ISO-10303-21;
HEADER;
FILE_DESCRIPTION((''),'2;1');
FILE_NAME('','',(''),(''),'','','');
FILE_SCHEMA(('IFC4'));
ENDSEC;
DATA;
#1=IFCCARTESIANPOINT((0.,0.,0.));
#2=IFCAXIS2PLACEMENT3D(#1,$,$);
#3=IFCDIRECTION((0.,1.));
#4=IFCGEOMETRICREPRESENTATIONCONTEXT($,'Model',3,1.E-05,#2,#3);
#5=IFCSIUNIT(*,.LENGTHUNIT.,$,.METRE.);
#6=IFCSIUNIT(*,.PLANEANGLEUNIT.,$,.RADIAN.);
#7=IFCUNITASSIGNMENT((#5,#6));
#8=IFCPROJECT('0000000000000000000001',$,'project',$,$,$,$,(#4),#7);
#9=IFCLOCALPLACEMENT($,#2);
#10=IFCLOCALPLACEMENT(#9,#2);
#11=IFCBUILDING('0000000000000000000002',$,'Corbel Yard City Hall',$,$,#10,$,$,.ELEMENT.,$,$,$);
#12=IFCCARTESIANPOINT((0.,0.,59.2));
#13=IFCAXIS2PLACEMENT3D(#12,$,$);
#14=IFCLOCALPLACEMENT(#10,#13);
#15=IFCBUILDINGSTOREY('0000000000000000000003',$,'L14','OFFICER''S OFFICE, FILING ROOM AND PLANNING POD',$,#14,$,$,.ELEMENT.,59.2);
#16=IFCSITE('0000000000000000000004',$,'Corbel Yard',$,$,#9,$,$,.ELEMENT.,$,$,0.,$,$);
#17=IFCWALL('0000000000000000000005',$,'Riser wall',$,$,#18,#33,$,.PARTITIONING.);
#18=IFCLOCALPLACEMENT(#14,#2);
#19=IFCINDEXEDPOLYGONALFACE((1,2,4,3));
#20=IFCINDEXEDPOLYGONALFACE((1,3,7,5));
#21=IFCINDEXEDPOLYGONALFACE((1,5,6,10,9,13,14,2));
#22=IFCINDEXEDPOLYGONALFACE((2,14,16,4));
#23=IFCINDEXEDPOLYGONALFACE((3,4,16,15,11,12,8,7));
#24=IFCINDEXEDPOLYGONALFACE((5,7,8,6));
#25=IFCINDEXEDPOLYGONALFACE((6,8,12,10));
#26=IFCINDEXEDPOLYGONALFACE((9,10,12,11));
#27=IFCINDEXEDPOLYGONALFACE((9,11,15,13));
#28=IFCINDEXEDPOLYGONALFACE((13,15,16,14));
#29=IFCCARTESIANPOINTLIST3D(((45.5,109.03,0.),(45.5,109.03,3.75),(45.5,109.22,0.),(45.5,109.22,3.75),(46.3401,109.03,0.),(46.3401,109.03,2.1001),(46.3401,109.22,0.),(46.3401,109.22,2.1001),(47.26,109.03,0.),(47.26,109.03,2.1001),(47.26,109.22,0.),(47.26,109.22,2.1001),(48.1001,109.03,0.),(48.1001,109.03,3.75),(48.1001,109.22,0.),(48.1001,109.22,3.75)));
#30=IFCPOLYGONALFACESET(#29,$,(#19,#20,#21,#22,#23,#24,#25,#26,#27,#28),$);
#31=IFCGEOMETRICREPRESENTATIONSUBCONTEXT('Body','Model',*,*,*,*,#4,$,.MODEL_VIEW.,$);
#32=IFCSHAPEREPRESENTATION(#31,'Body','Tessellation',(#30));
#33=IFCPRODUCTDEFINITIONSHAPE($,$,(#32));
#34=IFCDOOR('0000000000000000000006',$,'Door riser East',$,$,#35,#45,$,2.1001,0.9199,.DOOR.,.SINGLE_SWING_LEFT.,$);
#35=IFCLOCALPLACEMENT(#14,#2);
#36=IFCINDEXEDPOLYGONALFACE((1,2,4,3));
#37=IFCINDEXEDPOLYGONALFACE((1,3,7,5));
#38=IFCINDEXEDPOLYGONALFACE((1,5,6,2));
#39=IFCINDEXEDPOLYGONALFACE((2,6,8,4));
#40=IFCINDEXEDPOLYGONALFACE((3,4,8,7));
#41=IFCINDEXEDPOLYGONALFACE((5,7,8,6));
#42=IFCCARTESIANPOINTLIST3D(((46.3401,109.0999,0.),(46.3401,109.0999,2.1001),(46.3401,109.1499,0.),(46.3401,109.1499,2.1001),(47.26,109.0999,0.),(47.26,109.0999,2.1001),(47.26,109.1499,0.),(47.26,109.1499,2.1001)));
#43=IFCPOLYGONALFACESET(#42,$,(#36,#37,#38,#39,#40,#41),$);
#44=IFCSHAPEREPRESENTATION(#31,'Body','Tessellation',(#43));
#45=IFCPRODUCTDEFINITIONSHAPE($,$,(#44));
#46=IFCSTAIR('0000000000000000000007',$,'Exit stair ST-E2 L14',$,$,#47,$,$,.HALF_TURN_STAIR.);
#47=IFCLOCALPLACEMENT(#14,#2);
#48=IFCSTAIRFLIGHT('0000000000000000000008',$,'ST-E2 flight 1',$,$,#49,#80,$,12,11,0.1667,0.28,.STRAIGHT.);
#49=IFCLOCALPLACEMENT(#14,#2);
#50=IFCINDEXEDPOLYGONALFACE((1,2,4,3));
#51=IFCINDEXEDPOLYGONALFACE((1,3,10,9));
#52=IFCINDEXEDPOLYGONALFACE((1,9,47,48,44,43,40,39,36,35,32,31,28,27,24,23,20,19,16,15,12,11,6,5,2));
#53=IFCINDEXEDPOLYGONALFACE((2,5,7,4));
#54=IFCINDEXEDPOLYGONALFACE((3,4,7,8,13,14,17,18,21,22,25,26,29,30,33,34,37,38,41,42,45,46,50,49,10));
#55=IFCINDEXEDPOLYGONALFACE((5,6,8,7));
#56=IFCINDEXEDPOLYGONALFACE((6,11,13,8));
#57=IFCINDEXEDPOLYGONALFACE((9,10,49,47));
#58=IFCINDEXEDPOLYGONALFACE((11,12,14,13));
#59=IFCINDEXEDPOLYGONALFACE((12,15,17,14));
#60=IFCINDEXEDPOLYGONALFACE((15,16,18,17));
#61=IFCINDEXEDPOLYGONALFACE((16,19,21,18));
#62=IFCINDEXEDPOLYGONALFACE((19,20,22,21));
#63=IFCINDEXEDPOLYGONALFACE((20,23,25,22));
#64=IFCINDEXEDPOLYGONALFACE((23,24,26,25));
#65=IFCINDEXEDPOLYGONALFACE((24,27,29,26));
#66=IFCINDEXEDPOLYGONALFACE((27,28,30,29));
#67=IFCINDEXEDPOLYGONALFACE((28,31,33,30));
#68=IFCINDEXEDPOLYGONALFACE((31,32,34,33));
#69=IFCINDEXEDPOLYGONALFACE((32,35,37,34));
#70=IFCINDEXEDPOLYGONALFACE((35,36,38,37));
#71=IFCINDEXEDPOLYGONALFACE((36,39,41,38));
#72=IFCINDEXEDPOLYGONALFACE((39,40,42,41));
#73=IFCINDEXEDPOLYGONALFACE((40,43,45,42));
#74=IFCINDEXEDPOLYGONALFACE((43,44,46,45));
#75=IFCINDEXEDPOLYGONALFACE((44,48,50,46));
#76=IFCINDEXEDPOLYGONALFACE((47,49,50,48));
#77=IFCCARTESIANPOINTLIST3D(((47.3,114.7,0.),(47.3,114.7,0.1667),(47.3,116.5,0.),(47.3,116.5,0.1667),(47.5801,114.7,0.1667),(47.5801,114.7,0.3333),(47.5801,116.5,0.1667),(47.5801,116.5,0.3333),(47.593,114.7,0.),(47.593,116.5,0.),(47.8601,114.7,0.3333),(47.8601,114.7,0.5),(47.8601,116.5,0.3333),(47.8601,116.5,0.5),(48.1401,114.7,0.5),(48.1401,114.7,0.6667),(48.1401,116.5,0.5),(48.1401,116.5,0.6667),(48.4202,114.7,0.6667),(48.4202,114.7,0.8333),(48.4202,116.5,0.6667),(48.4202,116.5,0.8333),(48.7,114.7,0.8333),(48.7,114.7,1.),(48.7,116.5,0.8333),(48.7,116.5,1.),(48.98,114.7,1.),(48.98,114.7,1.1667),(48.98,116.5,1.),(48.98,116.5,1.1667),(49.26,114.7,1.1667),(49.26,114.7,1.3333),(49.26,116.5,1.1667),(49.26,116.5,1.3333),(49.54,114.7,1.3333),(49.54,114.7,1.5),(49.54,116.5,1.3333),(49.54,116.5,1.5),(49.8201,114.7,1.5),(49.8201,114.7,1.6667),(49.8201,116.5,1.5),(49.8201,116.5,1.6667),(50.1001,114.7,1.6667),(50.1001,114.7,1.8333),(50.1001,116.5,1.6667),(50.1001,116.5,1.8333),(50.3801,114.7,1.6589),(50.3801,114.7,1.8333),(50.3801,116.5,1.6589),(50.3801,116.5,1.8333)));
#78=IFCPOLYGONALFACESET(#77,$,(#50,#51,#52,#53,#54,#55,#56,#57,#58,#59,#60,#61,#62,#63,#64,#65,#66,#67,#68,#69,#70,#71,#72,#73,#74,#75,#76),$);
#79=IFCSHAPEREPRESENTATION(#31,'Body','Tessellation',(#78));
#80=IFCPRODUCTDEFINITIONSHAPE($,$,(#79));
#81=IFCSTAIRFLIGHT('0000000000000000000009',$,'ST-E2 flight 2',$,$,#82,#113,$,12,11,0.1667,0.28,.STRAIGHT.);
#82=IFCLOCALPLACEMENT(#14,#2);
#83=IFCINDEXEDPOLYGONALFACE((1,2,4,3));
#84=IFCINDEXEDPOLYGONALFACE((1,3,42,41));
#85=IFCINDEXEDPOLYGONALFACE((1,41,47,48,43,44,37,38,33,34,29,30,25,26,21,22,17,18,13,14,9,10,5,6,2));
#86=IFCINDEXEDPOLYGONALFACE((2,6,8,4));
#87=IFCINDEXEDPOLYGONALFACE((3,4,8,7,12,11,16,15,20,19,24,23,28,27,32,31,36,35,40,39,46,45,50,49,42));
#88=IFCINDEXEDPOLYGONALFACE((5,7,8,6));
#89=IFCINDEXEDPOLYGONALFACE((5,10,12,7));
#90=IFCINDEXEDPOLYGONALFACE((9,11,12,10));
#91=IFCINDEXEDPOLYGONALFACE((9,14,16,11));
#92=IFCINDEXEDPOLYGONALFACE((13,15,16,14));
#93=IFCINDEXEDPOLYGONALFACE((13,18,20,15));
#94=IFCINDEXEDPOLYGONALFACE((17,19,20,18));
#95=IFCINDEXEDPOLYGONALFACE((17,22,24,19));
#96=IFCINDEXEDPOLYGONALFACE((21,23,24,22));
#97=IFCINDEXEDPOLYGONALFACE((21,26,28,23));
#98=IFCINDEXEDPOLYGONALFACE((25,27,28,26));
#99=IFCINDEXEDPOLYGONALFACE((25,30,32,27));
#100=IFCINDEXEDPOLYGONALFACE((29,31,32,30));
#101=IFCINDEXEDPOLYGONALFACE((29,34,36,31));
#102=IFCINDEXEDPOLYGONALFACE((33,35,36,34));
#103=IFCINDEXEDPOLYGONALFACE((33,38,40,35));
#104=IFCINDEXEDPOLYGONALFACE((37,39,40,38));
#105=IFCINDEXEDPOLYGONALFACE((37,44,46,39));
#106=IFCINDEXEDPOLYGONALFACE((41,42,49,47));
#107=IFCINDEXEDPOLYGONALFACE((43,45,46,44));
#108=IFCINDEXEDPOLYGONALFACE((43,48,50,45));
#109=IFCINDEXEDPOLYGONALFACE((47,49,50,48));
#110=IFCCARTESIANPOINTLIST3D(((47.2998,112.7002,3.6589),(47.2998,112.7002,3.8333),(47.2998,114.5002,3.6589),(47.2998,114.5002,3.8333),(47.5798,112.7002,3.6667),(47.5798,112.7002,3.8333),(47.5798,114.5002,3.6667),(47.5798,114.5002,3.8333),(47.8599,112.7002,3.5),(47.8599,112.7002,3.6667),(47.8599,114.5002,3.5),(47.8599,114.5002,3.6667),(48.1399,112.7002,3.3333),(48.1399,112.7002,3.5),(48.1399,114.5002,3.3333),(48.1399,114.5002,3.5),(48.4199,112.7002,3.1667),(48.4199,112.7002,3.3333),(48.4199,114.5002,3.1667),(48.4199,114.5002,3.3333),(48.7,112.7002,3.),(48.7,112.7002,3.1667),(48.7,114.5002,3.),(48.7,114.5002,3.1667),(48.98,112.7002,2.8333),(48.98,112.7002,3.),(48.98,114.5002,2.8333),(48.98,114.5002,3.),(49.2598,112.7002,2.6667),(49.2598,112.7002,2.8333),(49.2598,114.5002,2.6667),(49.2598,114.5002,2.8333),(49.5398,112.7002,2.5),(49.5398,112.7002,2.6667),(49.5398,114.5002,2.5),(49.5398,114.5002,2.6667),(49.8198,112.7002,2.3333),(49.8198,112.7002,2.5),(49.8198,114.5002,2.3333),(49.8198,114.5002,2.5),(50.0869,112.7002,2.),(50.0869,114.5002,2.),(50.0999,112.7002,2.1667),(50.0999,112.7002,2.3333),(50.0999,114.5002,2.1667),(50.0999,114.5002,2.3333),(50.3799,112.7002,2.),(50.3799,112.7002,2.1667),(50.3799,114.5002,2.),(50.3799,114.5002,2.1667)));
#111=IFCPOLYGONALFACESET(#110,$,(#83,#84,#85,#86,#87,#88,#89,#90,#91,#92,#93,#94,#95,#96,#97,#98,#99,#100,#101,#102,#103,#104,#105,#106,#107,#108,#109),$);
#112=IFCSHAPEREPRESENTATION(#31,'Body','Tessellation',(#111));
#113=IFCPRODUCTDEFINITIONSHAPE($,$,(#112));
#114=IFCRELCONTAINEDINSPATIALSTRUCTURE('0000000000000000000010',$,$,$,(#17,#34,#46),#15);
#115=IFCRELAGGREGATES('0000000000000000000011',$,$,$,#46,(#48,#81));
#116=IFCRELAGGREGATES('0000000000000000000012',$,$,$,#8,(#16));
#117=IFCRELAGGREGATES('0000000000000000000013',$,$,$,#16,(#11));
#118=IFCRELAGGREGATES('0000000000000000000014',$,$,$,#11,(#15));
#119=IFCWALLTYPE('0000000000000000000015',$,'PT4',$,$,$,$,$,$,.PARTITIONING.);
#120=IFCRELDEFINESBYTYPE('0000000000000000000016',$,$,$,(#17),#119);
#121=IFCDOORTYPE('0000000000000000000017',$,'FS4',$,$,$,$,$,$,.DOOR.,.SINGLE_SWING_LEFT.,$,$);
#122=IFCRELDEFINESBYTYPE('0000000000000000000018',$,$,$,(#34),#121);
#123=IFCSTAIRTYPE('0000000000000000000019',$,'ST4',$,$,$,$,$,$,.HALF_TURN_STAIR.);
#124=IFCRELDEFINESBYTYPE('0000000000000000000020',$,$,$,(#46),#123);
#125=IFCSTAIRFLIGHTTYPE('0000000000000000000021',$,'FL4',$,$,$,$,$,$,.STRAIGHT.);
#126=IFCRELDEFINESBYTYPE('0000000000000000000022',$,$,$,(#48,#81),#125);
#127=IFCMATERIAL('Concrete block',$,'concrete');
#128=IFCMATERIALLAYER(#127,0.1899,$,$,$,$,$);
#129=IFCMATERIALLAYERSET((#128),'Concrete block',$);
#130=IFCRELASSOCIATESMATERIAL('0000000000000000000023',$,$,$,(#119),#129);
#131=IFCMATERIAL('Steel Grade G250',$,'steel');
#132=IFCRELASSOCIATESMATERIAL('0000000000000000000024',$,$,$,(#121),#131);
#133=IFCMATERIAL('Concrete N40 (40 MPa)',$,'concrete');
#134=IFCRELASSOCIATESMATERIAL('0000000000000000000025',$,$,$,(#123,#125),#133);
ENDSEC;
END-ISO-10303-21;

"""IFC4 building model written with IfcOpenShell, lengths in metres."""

from ifc_helpers import new_model, si_unit, direction, frame, frame_2d, origin, place, context, subcontext, project, spatial, polyline, rectangle, outline, extrude, material, layer, layer_set, type_object, element, fill, aggregate, save


model = new_model("IFC4")

# Units and contexts
model_context = context("Model", 3, precision=1e-05, world=origin(), true_north=direction((0.0, 1.0)))
body_context = subcontext(model_context, "Body", "Model", "MODEL_VIEW")
ifc_project = project(units=[si_unit("LENGTHUNIT", "METRE"), si_unit("PLANEANGLEUNIT", "RADIAN")], contexts=[model_context])

# Site, building, storey
site_placement = place(None, origin())
site = spatial("IfcSite", under=ifc_project, at=site_placement, Name="Corbel Yard", CompositionType="ELEMENT", RefElevation=0.0)
building_placement = place(site_placement, origin())
building = spatial("IfcBuilding", under=site, at=building_placement, Name="Corbel Yard City Hall", CompositionType="ELEMENT")
storey_placement = place(building_placement, frame((0.0, 0.0, 59.2)))
storey = spatial("IfcBuildingStorey", under=building, at=storey_placement, Name="L14", Description="OFFICER'S OFFICE, FILING ROOM AND PLANNING POD", CompositionType="ELEMENT", Elevation=59.2)

# Shared definitions
ifc_material_1 = material(Name="Concrete N40 (40 MPa)", Category="concrete")

# Wall, opening, door
ifc_material_2 = material(Name="Steel Grade G250", Category="steel")
ifc_material_3 = material(Name="Concrete block", Category="concrete")
ifc_layer_1 = layer(ifc_material_3, 0.1899)
ifc_layer_set_1 = layer_set([ifc_layer_1], Name="Concrete block")
wall_type_1 = type_object("IfcWallType", Name="PT4", PredefinedType="PARTITIONING", material=ifc_layer_set_1)
wall_1_placement = place(storey_placement, frame((45.5, 109.125, 0.0), z_axis=(0.0, 0.0, 1.0), x_axis=(1.0, 0.0, 0.0)))
wall_1 = element("IfcWall", 1, at=wall_1_placement, inside=storey, type_object=wall_type_1, Name="Riser wall", PredefinedType="PARTITIONING", context=body_context, shape_type="SweptSolid", body=[
    extrude(rectangle(XDim=2.6001, YDim=0.1899, at=frame_2d((1.3, 0.0))), origin(), (0.0, 0.0, 1.0), 3.75),
])
opening_1_placement = place(wall_1_placement, frame((0.8401, 0.0, 0.0)))
opening_1 = element("IfcOpeningElement", 2, at=opening_1_placement, cuts=wall_1, PredefinedType="OPENING", context=body_context, shape_type="SweptSolid", body=[
    extrude(rectangle(XDim=0.9199, YDim=2.1001, at=frame_2d((0.46, 1.05))), frame((0.0, 0.105, 0.0), z_axis=(0.0, -1.0, 0.0), x_axis=(1.0, 0.0, 0.0)), (0.0, 0.0, 1.0), 0.21),
])
door_type_1 = type_object("IfcDoorType", Name="FS4", OperationType="SINGLE_SWING_LEFT", PredefinedType="DOOR", material=ifc_material_2)
door_1_placement = place(opening_1_placement, origin())
door_1 = element("IfcDoor", 3, at=door_1_placement, inside=storey, type_object=door_type_1, Name="Door riser East", OperationType="SINGLE_SWING_LEFT", OverallHeight=2.1001, OverallWidth=0.9199, PredefinedType="DOOR", context=body_context, shape_type="SweptSolid", body=[
    extrude(rectangle(XDim=0.9199, YDim=2.1001, at=frame_2d((0.46, 1.05))), frame((0.0, 0.0249, 0.0), z_axis=(0.0, -1.0, 0.0), x_axis=(1.0, 0.0, 0.0)), (0.0, 0.0, 1.0), 0.05),
])
fill(opening_1, door_1)

# Stair, stair flights
stair_type = type_object("IfcStairType", Name="ST4", PredefinedType="HALF_TURN_STAIR", material=ifc_material_1)
stair_placement = place(storey_placement, origin())
stair = element("IfcStair", 4, at=stair_placement, inside=storey, type_object=stair_type, Name="Exit stair ST-E2 L14", PredefinedType="HALF_TURN_STAIR")
stair_flight_type = type_object("IfcStairFlightType", Name="FL4", PredefinedType="STRAIGHT", material=ifc_material_1)
stair_flight_1_placement = place(storey_placement, frame((47.3, 115.6001, 0.0), z_axis=(0.0, 0.0, 1.0), x_axis=(1.0, 0.0, 0.0)))
stair_flight_1 = element("IfcStairFlight", 5, at=stair_flight_1_placement, type_object=stair_flight_type, Name="ST-E2 flight 1", NumberOfRisers=12, NumberOfTreads=11, PredefinedType="STRAIGHT", RiserHeight=0.1667, TreadLength=0.28, context=body_context, shape_type="SweptSolid", body=[
    extrude(outline(polyline([(0.0, 0.0), (0.0, 0.1667), (0.28, 0.1667), (0.28, 0.3333), (0.5601, 0.3333), (0.5601, 0.5), (0.8401, 0.5), (0.8401, 0.6667), (1.1201, 0.6667), (1.1201, 0.8333), (1.3999, 0.8333), (1.3999, 1.0), (1.6799, 1.0), (1.6799, 1.1667), (1.96, 1.1667), (1.96, 1.3333), (2.24, 1.3333), (2.24, 1.5), (2.52, 1.5), (2.52, 1.6667), (2.8, 1.6667), (2.8, 1.8333), (3.0801, 1.8333), (3.0801, 2.0), (3.0801, 1.6589), (0.293, 0.0), (0.0, 0.0)])), frame((0.0, 0.8999, 0.0), z_axis=(0.0, -1.0, 0.0), x_axis=(1.0, 0.0, 0.0)), (0.0, 0.0, 1.0), 1.8),
])
stair_flight_2_placement = place(storey_placement, frame((50.3799, 113.6001, 2.0), z_axis=(0.0, 0.0, 1.0), x_axis=(-1.0, 0.0, 0.0)))
stair_flight_2 = element("IfcStairFlight", 6, at=stair_flight_2_placement, type_object=stair_flight_type, Name="ST-E2 flight 2", NumberOfRisers=12, NumberOfTreads=11, PredefinedType="STRAIGHT", RiserHeight=0.1667, TreadLength=0.28, context=body_context, shape_type="SweptSolid", body=[
    extrude(outline(polyline([(0.0, 0.0), (0.0, 0.1667), (0.28, 0.1667), (0.28, 0.3333), (0.5601, 0.3333), (0.5601, 0.5), (0.8401, 0.5), (0.8401, 0.6667), (1.1201, 0.6667), (1.1201, 0.8333), (1.3999, 0.8333), (1.3999, 1.0), (1.6799, 1.0), (1.6799, 1.1667), (1.96, 1.1667), (1.96, 1.3333), (2.24, 1.3333), (2.24, 1.5), (2.52, 1.5), (2.52, 1.6667), (2.8, 1.6667), (2.8, 1.8333), (3.0801, 1.8333), (3.0801, 2.0), (3.0801, 1.6589), (0.293, 0.0), (0.0, 0.0)])), frame((0.0, 0.8999, 0.0), z_axis=(0.0, -1.0, 0.0), x_axis=(1.0, 0.0, 0.0)), (0.0, 0.0, 1.0), 1.8),
])
aggregate(stair, [stair_flight_1, stair_flight_2])

save(model, "model.ifc")
